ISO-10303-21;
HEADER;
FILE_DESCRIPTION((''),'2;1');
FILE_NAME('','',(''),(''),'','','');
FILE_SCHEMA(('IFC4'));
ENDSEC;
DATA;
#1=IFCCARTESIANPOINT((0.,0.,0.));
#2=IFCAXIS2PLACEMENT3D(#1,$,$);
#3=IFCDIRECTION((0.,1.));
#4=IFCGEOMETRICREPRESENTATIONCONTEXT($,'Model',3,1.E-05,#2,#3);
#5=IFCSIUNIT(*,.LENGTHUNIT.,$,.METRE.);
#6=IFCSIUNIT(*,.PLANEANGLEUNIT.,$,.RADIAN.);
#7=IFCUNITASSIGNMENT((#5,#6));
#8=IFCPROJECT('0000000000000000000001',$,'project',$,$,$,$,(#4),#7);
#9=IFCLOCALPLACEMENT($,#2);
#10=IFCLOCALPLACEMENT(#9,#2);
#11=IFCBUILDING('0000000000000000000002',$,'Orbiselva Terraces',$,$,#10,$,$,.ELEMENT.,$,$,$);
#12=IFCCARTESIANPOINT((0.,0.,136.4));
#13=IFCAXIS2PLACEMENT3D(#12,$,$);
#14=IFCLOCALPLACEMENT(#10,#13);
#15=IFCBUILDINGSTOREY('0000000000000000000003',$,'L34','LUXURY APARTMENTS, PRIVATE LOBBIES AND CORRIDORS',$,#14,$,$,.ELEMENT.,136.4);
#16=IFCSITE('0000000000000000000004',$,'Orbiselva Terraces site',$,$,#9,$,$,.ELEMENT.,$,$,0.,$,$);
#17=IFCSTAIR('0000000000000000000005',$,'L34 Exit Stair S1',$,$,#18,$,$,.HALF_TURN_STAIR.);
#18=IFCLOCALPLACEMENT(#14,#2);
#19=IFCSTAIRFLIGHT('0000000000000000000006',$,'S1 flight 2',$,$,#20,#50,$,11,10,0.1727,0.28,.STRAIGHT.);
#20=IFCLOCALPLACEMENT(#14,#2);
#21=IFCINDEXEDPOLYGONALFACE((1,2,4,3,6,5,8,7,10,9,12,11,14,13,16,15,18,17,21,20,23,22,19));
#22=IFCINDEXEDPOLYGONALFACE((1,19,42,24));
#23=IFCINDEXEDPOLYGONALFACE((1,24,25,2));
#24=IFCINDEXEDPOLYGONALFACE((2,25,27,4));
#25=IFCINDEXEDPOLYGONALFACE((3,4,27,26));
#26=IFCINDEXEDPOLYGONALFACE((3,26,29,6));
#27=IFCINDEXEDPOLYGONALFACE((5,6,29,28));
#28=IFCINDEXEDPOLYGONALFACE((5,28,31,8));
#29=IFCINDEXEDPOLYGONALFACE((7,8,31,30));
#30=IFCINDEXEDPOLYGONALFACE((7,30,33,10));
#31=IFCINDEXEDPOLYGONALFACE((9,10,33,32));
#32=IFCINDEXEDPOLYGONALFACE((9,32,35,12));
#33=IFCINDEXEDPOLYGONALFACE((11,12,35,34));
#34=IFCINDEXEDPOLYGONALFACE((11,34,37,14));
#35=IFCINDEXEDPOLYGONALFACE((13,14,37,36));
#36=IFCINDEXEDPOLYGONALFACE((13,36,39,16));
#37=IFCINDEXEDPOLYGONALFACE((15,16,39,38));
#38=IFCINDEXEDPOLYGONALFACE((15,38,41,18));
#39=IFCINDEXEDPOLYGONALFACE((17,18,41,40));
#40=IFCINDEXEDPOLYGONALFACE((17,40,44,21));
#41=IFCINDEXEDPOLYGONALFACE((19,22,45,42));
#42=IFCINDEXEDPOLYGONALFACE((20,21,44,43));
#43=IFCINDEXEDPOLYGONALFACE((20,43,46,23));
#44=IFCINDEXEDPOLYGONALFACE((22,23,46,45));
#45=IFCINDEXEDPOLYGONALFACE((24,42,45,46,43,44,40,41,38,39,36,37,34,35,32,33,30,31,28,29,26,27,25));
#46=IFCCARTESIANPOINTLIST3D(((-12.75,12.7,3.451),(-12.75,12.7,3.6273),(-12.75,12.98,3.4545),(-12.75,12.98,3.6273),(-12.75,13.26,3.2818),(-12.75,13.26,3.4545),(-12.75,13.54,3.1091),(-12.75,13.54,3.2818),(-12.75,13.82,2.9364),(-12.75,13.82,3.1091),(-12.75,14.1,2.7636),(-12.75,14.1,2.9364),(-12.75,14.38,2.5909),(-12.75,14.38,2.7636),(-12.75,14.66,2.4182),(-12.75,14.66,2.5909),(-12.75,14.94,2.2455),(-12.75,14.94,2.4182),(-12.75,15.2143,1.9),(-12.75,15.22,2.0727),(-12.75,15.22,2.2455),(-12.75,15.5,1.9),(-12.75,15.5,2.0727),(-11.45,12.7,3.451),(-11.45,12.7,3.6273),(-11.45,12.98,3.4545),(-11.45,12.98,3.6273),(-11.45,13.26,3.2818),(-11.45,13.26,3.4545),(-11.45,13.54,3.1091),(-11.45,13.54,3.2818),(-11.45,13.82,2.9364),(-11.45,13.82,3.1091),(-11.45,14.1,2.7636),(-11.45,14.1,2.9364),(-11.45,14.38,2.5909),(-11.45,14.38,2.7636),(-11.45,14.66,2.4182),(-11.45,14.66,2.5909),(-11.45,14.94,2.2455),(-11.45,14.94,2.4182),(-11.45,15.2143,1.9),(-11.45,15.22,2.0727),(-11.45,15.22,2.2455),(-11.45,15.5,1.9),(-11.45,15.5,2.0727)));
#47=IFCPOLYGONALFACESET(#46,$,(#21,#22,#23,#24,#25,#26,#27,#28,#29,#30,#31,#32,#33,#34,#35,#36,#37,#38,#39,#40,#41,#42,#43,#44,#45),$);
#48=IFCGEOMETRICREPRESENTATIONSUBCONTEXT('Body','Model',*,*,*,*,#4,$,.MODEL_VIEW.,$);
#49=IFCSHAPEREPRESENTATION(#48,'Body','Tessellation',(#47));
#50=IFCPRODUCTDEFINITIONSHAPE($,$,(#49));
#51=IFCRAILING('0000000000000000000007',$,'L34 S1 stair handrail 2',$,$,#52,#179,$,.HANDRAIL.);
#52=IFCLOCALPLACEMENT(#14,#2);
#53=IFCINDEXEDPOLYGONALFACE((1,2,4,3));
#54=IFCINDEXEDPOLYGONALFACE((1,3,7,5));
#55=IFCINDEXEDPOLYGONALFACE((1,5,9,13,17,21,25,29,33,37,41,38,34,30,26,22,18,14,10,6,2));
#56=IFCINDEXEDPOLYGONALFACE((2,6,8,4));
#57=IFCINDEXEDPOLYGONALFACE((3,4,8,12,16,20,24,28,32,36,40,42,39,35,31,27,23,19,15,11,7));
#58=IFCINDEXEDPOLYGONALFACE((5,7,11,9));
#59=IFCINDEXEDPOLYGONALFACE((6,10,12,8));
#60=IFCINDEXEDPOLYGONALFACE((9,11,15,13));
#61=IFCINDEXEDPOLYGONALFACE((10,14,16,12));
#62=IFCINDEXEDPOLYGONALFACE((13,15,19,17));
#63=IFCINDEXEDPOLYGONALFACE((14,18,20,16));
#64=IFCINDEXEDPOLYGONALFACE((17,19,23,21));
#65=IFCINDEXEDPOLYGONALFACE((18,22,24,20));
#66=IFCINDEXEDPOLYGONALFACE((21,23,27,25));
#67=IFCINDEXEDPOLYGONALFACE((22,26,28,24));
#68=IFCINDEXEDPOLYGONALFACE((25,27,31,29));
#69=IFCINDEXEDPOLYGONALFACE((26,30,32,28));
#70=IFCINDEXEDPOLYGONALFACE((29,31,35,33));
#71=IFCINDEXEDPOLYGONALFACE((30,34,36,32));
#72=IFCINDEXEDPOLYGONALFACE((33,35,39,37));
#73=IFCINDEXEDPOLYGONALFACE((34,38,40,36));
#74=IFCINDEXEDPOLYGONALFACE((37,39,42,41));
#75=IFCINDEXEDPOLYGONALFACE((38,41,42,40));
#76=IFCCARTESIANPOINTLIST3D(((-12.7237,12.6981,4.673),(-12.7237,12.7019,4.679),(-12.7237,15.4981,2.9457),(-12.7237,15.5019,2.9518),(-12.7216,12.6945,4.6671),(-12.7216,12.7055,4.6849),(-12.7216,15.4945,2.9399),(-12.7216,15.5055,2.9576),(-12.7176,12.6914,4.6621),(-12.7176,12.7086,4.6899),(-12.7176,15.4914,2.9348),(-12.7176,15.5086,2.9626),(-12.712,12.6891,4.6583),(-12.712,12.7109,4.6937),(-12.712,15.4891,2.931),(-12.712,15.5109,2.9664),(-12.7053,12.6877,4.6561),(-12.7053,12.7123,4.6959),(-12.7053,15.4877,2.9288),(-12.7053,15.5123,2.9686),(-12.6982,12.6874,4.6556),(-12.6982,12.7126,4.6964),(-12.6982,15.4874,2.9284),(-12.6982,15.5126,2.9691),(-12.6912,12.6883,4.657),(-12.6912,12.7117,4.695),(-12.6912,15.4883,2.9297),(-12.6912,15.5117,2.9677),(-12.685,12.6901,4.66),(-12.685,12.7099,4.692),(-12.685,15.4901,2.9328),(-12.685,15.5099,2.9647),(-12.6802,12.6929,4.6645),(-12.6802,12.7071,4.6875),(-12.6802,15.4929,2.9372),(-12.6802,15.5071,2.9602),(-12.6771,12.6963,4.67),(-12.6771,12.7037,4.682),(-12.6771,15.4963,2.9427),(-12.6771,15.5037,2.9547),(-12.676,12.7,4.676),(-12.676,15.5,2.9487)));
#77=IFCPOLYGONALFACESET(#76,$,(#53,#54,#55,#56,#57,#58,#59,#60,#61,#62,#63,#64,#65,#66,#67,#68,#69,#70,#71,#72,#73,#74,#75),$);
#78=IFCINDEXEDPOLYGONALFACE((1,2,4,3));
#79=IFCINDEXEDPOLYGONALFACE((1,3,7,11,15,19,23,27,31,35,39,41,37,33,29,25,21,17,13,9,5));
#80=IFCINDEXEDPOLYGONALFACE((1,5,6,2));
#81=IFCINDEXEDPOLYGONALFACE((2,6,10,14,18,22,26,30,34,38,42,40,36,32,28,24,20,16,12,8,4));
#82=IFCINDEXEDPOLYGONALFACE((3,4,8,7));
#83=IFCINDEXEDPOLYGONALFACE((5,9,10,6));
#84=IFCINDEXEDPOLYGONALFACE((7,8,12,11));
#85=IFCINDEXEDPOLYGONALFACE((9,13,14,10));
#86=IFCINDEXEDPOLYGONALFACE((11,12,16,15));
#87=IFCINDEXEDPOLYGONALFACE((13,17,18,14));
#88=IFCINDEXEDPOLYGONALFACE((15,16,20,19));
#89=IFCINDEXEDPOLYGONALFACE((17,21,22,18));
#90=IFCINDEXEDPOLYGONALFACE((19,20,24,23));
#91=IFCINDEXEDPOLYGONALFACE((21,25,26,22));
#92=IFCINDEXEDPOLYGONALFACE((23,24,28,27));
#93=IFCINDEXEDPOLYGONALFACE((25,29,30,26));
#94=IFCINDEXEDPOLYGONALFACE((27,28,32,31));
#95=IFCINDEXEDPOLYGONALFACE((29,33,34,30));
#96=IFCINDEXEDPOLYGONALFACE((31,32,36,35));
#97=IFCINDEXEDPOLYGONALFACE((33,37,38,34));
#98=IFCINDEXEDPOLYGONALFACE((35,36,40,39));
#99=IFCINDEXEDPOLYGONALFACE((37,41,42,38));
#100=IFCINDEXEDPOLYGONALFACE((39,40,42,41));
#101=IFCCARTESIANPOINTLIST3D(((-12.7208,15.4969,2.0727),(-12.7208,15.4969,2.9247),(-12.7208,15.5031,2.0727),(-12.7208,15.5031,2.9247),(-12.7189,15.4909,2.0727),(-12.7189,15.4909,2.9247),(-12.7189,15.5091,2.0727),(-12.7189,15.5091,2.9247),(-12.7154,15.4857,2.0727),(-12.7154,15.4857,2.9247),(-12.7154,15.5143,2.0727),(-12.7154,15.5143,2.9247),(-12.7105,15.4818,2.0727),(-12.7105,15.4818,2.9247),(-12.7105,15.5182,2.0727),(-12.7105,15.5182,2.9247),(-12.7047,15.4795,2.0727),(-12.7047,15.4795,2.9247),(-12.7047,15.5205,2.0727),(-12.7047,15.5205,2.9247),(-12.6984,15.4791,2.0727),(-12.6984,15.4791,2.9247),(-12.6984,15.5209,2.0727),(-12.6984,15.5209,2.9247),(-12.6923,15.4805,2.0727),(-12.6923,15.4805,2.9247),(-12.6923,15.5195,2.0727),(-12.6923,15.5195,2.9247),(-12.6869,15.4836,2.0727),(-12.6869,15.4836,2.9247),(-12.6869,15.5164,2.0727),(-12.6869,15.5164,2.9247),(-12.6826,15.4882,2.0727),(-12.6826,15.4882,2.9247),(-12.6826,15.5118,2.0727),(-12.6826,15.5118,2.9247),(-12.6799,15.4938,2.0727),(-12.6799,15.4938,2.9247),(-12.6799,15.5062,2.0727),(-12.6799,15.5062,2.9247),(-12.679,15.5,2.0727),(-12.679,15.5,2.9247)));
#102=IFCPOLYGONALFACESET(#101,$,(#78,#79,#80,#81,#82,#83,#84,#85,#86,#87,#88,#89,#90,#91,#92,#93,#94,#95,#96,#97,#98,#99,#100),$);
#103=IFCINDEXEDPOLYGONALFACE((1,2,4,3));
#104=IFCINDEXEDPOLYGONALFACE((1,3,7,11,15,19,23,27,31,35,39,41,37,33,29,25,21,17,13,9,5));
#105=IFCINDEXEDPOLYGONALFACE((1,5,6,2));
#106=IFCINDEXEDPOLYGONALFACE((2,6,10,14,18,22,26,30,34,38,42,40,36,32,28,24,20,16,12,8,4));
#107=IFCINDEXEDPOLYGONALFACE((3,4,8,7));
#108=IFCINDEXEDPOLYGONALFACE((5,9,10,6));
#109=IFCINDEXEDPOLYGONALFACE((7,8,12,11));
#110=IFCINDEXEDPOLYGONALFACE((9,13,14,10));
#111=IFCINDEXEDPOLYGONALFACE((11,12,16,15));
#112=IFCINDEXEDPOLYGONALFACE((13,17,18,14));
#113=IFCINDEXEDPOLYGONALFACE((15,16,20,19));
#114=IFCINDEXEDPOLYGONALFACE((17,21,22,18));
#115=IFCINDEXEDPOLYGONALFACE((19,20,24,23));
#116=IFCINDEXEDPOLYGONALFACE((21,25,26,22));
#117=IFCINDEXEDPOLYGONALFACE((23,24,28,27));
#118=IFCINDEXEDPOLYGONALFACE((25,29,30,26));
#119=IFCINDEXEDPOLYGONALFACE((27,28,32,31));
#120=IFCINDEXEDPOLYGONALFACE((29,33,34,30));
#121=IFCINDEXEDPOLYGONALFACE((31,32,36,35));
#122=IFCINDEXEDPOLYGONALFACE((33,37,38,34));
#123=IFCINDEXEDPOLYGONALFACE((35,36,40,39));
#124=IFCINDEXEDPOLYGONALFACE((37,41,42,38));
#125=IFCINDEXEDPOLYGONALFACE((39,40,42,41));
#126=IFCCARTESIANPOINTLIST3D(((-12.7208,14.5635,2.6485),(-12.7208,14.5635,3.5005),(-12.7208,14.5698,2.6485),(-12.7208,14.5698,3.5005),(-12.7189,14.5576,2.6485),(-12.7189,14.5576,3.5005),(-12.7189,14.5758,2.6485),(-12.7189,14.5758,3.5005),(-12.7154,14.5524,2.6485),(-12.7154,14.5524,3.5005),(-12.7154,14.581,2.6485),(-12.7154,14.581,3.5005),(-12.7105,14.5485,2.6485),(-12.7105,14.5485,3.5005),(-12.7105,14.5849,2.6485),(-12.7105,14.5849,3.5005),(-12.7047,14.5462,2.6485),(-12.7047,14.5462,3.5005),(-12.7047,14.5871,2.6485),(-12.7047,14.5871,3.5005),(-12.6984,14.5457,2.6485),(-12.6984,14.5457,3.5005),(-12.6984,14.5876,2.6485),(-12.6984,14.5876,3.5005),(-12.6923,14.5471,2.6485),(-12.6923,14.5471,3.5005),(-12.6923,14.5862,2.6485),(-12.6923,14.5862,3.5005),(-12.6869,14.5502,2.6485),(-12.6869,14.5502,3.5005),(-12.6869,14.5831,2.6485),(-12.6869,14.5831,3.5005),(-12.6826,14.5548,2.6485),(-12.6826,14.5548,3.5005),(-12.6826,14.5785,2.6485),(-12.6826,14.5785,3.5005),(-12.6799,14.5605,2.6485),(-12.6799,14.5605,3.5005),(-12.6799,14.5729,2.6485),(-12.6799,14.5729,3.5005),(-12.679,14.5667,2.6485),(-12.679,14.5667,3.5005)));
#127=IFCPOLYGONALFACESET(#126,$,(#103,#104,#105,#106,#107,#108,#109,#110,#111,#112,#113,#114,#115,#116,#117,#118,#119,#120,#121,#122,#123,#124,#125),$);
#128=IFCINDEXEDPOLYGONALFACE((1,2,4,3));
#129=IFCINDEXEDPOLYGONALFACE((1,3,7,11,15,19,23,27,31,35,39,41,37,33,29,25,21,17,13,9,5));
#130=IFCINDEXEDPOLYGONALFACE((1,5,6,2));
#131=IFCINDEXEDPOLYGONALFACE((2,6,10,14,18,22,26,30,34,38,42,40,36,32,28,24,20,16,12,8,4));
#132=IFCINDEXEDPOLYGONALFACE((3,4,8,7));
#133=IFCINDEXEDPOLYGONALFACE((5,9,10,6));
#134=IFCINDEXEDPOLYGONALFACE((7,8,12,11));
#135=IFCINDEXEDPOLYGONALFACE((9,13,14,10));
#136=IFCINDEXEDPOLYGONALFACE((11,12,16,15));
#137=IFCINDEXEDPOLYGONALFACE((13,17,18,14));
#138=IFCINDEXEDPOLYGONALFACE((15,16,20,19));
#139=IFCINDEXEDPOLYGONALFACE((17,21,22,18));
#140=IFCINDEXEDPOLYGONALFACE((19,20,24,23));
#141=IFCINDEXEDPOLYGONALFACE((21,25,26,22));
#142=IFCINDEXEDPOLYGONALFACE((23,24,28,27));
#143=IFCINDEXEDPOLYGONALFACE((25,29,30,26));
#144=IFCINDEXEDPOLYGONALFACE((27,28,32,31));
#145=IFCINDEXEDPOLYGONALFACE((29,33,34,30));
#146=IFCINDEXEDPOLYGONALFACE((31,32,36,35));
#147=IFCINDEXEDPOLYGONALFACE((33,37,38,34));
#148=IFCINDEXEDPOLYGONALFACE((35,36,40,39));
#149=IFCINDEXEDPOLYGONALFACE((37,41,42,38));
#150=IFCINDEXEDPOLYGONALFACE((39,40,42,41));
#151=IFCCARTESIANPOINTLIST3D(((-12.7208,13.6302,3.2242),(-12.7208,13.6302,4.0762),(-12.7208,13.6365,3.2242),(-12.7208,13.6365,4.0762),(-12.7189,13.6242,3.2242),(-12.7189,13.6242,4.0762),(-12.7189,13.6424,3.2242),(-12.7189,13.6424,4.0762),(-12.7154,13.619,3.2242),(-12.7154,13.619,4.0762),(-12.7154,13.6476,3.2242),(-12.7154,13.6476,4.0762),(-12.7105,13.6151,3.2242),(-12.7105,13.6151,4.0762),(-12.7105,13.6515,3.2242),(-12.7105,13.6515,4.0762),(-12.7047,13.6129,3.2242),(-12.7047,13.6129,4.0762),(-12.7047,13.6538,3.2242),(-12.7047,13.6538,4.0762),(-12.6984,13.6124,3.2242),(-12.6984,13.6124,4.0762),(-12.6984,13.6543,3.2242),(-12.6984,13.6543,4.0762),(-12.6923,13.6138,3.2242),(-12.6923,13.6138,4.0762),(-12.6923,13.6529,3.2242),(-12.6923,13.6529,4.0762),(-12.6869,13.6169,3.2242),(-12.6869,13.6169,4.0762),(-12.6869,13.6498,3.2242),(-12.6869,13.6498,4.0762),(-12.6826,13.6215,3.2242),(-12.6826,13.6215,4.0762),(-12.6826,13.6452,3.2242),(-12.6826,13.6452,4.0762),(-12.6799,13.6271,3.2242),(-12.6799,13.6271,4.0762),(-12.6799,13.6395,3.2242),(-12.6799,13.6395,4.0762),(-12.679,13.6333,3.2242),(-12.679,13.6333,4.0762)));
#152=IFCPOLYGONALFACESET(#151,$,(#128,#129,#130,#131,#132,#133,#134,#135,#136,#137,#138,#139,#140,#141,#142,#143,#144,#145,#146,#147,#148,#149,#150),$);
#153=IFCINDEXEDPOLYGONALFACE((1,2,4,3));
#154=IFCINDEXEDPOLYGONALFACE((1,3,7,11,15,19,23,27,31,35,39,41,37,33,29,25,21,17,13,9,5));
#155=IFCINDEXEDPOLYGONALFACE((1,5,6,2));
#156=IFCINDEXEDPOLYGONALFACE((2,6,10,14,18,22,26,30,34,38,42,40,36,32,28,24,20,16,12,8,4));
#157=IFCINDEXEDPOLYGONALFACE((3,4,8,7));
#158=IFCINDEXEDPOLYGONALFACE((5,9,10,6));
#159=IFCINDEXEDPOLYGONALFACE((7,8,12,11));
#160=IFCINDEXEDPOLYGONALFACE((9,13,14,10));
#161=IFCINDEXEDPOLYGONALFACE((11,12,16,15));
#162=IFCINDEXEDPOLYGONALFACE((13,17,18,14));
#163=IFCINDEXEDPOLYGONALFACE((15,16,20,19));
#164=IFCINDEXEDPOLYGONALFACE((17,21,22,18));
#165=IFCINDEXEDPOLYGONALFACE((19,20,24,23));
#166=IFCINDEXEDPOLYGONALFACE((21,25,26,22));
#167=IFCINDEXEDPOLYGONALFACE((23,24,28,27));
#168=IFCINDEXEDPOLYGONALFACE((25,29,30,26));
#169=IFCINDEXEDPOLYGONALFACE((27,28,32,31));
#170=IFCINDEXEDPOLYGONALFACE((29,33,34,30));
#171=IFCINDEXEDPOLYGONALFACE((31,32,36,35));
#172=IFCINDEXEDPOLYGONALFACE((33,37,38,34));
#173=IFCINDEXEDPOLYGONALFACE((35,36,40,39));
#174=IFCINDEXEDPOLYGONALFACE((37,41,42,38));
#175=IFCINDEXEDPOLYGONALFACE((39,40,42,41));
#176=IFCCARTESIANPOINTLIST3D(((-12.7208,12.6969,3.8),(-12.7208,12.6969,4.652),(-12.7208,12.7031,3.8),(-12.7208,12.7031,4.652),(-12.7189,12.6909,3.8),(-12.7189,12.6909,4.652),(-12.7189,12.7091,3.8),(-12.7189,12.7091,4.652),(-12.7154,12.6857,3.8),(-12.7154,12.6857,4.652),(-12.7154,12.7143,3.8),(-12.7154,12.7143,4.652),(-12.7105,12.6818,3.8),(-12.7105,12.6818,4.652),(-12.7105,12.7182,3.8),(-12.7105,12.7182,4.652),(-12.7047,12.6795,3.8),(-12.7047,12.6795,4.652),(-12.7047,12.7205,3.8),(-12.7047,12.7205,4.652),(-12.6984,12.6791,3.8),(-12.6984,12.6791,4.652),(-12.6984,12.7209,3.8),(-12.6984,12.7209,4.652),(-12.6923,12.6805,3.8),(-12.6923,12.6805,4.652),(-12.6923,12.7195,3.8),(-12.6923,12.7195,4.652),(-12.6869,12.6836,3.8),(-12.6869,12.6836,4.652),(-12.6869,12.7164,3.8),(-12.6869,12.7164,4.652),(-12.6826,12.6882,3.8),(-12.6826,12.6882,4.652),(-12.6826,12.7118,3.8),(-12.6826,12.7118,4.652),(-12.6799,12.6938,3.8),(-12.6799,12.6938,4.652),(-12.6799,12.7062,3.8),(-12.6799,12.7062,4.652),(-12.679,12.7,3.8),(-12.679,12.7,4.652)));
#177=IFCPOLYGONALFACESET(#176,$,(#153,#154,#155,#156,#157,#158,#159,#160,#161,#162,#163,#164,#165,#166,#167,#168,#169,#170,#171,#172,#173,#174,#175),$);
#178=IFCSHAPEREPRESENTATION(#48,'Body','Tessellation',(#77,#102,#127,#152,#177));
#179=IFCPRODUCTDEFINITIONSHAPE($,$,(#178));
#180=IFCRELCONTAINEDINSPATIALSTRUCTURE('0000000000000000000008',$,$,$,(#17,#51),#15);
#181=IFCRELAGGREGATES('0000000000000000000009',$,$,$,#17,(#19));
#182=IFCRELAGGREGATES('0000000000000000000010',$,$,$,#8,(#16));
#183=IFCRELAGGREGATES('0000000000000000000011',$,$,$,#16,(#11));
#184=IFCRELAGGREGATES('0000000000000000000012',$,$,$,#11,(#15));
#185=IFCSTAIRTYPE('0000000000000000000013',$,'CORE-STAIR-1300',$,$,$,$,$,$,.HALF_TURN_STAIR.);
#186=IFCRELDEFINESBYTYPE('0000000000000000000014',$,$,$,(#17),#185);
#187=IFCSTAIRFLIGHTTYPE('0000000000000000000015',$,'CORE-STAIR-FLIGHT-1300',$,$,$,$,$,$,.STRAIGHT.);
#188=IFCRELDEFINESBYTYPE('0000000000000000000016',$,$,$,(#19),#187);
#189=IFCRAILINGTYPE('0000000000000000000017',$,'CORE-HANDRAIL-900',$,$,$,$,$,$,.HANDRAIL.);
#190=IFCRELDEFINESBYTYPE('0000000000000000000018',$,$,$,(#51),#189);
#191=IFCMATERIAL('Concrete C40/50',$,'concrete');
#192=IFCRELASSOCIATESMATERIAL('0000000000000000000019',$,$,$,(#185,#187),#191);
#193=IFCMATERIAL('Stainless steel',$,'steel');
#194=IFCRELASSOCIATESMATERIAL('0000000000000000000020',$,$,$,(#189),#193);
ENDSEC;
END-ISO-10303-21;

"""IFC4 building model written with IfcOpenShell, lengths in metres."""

from ifc_helpers import new_model, si_unit, direction, frame, origin, origin_2d, place, context, subcontext, project, spatial, polyline, circle, outline, extrude, material, type_object, element, aggregate, save


model = new_model("IFC4")

# Units and contexts
model_context = context("Model", 3, precision=1e-05, world=origin(), true_north=direction((0.0, 1.0)))
body_context = subcontext(model_context, "Body", "Model", "MODEL_VIEW")
ifc_project = project(units=[si_unit("LENGTHUNIT", "METRE"), si_unit("PLANEANGLEUNIT", "RADIAN")], contexts=[model_context])

# Site, building, storey
site_placement = place(None, origin())
site = spatial("IfcSite", under=ifc_project, at=site_placement, Name="Orbiselva Terraces site", CompositionType="ELEMENT", RefElevation=0.0)
building_placement = place(site_placement, origin())
building = spatial("IfcBuilding", under=site, at=building_placement, Name="Orbiselva Terraces", CompositionType="ELEMENT")
storey_placement = place(building_placement, frame((0.0, 0.0, 136.4)))
storey = spatial("IfcBuildingStorey", under=building, at=storey_placement, Name="L34", Description="LUXURY APARTMENTS, PRIVATE LOBBIES AND CORRIDORS", CompositionType="ELEMENT", Elevation=136.4)

# Shared definitions
ifc_material_1 = material(Name="Concrete C40/50", Category="concrete")

# Stair, stair flight
stair_type = type_object("IfcStairType", Name="CORE-STAIR-1300", PredefinedType="HALF_TURN_STAIR", material=ifc_material_1)
stair_placement = place(storey_placement, origin())
stair = element("IfcStair", 1, at=stair_placement, inside=storey, type_object=stair_type, Name="L34 Exit Stair S1", PredefinedType="HALF_TURN_STAIR")
stair_flight_type = type_object("IfcStairFlightType", Name="CORE-STAIR-FLIGHT-1300", PredefinedType="STRAIGHT", material=ifc_material_1)
stair_flight_placement = place(storey_placement, frame((-12.1, 15.5, 1.9), z_axis=(0.0, 0.0, 1.0), x_axis=(0.0, -1.0, 0.0)))
stair_flight = element("IfcStairFlight", 2, at=stair_flight_placement, type_object=stair_flight_type, Name="S1 flight 2", NumberOfRisers=11, NumberOfTreads=10, PredefinedType="STRAIGHT", RiserHeight=0.1727, TreadLength=0.28, context=body_context, shape_type="SweptSolid", body=[
    extrude(outline(polyline([(0.0, 0.0), (0.0, 0.1727), (0.28, 0.1727), (0.28, 0.3455), (0.56, 0.3455), (0.56, 0.5182), (0.84, 0.5182), (0.84, 0.6909), (1.12, 0.6909), (1.12, 0.8636), (1.4, 0.8636), (1.4, 1.0364), (1.68, 1.0364), (1.68, 1.2091), (1.96, 1.2091), (1.96, 1.3818), (2.24, 1.3818), (2.24, 1.5545), (2.52, 1.5545), (2.52, 1.7273), (2.8, 1.7273), (2.8, 1.9), (2.8, 1.551), (0.2857, 0.0), (0.0, 0.0)])), frame((0.0, 0.65, 0.0), z_axis=(0.0, -1.0, 0.0), x_axis=(1.0, 0.0, 0.0)), (0.0, 0.0, 1.0), 1.3),
])
aggregate(stair, [stair_flight])

# Railing
ifc_material_2 = material(Name="Stainless steel", Category="steel")
railing_type_1 = type_object("IfcRailingType", Name="CORE-HANDRAIL-900", PredefinedType="HANDRAIL", material=ifc_material_2)
railing_1_placement = place(storey_placement, frame((-12.7, 15.5, 2.0727)))
element("IfcRailing", 3, at=railing_1_placement, inside=storey, type_object=railing_type_1, Name="L34 S1 stair handrail 2", PredefinedType="HANDRAIL", context=body_context, shape_type="SweptSolid", body=[
    extrude(circle(Radius=0.024, at=origin_2d()), frame((0.0, 0.0, 0.876), z_axis=(0.0, -0.851089, 0.525022), x_axis=(1.0, 0.0, 0.0)), (0.0, 0.0, 1.0), 3.2899),
    extrude(circle(Radius=0.021, at=origin_2d()), origin(), (0.0, 0.0, 1.0), 0.852),
    extrude(circle(Radius=0.021, at=origin_2d()), frame((0.0, -0.9333, 0.5758)), (0.0, 0.0, 1.0), 0.852),
    extrude(circle(Radius=0.021, at=origin_2d()), frame((0.0, -1.8667, 1.1515)), (0.0, 0.0, 1.0), 0.852),
    extrude(circle(Radius=0.021, at=origin_2d()), frame((0.0, -2.8, 1.7273)), (0.0, 0.0, 1.0), 0.852),
])

save(model, "model.ifc")
